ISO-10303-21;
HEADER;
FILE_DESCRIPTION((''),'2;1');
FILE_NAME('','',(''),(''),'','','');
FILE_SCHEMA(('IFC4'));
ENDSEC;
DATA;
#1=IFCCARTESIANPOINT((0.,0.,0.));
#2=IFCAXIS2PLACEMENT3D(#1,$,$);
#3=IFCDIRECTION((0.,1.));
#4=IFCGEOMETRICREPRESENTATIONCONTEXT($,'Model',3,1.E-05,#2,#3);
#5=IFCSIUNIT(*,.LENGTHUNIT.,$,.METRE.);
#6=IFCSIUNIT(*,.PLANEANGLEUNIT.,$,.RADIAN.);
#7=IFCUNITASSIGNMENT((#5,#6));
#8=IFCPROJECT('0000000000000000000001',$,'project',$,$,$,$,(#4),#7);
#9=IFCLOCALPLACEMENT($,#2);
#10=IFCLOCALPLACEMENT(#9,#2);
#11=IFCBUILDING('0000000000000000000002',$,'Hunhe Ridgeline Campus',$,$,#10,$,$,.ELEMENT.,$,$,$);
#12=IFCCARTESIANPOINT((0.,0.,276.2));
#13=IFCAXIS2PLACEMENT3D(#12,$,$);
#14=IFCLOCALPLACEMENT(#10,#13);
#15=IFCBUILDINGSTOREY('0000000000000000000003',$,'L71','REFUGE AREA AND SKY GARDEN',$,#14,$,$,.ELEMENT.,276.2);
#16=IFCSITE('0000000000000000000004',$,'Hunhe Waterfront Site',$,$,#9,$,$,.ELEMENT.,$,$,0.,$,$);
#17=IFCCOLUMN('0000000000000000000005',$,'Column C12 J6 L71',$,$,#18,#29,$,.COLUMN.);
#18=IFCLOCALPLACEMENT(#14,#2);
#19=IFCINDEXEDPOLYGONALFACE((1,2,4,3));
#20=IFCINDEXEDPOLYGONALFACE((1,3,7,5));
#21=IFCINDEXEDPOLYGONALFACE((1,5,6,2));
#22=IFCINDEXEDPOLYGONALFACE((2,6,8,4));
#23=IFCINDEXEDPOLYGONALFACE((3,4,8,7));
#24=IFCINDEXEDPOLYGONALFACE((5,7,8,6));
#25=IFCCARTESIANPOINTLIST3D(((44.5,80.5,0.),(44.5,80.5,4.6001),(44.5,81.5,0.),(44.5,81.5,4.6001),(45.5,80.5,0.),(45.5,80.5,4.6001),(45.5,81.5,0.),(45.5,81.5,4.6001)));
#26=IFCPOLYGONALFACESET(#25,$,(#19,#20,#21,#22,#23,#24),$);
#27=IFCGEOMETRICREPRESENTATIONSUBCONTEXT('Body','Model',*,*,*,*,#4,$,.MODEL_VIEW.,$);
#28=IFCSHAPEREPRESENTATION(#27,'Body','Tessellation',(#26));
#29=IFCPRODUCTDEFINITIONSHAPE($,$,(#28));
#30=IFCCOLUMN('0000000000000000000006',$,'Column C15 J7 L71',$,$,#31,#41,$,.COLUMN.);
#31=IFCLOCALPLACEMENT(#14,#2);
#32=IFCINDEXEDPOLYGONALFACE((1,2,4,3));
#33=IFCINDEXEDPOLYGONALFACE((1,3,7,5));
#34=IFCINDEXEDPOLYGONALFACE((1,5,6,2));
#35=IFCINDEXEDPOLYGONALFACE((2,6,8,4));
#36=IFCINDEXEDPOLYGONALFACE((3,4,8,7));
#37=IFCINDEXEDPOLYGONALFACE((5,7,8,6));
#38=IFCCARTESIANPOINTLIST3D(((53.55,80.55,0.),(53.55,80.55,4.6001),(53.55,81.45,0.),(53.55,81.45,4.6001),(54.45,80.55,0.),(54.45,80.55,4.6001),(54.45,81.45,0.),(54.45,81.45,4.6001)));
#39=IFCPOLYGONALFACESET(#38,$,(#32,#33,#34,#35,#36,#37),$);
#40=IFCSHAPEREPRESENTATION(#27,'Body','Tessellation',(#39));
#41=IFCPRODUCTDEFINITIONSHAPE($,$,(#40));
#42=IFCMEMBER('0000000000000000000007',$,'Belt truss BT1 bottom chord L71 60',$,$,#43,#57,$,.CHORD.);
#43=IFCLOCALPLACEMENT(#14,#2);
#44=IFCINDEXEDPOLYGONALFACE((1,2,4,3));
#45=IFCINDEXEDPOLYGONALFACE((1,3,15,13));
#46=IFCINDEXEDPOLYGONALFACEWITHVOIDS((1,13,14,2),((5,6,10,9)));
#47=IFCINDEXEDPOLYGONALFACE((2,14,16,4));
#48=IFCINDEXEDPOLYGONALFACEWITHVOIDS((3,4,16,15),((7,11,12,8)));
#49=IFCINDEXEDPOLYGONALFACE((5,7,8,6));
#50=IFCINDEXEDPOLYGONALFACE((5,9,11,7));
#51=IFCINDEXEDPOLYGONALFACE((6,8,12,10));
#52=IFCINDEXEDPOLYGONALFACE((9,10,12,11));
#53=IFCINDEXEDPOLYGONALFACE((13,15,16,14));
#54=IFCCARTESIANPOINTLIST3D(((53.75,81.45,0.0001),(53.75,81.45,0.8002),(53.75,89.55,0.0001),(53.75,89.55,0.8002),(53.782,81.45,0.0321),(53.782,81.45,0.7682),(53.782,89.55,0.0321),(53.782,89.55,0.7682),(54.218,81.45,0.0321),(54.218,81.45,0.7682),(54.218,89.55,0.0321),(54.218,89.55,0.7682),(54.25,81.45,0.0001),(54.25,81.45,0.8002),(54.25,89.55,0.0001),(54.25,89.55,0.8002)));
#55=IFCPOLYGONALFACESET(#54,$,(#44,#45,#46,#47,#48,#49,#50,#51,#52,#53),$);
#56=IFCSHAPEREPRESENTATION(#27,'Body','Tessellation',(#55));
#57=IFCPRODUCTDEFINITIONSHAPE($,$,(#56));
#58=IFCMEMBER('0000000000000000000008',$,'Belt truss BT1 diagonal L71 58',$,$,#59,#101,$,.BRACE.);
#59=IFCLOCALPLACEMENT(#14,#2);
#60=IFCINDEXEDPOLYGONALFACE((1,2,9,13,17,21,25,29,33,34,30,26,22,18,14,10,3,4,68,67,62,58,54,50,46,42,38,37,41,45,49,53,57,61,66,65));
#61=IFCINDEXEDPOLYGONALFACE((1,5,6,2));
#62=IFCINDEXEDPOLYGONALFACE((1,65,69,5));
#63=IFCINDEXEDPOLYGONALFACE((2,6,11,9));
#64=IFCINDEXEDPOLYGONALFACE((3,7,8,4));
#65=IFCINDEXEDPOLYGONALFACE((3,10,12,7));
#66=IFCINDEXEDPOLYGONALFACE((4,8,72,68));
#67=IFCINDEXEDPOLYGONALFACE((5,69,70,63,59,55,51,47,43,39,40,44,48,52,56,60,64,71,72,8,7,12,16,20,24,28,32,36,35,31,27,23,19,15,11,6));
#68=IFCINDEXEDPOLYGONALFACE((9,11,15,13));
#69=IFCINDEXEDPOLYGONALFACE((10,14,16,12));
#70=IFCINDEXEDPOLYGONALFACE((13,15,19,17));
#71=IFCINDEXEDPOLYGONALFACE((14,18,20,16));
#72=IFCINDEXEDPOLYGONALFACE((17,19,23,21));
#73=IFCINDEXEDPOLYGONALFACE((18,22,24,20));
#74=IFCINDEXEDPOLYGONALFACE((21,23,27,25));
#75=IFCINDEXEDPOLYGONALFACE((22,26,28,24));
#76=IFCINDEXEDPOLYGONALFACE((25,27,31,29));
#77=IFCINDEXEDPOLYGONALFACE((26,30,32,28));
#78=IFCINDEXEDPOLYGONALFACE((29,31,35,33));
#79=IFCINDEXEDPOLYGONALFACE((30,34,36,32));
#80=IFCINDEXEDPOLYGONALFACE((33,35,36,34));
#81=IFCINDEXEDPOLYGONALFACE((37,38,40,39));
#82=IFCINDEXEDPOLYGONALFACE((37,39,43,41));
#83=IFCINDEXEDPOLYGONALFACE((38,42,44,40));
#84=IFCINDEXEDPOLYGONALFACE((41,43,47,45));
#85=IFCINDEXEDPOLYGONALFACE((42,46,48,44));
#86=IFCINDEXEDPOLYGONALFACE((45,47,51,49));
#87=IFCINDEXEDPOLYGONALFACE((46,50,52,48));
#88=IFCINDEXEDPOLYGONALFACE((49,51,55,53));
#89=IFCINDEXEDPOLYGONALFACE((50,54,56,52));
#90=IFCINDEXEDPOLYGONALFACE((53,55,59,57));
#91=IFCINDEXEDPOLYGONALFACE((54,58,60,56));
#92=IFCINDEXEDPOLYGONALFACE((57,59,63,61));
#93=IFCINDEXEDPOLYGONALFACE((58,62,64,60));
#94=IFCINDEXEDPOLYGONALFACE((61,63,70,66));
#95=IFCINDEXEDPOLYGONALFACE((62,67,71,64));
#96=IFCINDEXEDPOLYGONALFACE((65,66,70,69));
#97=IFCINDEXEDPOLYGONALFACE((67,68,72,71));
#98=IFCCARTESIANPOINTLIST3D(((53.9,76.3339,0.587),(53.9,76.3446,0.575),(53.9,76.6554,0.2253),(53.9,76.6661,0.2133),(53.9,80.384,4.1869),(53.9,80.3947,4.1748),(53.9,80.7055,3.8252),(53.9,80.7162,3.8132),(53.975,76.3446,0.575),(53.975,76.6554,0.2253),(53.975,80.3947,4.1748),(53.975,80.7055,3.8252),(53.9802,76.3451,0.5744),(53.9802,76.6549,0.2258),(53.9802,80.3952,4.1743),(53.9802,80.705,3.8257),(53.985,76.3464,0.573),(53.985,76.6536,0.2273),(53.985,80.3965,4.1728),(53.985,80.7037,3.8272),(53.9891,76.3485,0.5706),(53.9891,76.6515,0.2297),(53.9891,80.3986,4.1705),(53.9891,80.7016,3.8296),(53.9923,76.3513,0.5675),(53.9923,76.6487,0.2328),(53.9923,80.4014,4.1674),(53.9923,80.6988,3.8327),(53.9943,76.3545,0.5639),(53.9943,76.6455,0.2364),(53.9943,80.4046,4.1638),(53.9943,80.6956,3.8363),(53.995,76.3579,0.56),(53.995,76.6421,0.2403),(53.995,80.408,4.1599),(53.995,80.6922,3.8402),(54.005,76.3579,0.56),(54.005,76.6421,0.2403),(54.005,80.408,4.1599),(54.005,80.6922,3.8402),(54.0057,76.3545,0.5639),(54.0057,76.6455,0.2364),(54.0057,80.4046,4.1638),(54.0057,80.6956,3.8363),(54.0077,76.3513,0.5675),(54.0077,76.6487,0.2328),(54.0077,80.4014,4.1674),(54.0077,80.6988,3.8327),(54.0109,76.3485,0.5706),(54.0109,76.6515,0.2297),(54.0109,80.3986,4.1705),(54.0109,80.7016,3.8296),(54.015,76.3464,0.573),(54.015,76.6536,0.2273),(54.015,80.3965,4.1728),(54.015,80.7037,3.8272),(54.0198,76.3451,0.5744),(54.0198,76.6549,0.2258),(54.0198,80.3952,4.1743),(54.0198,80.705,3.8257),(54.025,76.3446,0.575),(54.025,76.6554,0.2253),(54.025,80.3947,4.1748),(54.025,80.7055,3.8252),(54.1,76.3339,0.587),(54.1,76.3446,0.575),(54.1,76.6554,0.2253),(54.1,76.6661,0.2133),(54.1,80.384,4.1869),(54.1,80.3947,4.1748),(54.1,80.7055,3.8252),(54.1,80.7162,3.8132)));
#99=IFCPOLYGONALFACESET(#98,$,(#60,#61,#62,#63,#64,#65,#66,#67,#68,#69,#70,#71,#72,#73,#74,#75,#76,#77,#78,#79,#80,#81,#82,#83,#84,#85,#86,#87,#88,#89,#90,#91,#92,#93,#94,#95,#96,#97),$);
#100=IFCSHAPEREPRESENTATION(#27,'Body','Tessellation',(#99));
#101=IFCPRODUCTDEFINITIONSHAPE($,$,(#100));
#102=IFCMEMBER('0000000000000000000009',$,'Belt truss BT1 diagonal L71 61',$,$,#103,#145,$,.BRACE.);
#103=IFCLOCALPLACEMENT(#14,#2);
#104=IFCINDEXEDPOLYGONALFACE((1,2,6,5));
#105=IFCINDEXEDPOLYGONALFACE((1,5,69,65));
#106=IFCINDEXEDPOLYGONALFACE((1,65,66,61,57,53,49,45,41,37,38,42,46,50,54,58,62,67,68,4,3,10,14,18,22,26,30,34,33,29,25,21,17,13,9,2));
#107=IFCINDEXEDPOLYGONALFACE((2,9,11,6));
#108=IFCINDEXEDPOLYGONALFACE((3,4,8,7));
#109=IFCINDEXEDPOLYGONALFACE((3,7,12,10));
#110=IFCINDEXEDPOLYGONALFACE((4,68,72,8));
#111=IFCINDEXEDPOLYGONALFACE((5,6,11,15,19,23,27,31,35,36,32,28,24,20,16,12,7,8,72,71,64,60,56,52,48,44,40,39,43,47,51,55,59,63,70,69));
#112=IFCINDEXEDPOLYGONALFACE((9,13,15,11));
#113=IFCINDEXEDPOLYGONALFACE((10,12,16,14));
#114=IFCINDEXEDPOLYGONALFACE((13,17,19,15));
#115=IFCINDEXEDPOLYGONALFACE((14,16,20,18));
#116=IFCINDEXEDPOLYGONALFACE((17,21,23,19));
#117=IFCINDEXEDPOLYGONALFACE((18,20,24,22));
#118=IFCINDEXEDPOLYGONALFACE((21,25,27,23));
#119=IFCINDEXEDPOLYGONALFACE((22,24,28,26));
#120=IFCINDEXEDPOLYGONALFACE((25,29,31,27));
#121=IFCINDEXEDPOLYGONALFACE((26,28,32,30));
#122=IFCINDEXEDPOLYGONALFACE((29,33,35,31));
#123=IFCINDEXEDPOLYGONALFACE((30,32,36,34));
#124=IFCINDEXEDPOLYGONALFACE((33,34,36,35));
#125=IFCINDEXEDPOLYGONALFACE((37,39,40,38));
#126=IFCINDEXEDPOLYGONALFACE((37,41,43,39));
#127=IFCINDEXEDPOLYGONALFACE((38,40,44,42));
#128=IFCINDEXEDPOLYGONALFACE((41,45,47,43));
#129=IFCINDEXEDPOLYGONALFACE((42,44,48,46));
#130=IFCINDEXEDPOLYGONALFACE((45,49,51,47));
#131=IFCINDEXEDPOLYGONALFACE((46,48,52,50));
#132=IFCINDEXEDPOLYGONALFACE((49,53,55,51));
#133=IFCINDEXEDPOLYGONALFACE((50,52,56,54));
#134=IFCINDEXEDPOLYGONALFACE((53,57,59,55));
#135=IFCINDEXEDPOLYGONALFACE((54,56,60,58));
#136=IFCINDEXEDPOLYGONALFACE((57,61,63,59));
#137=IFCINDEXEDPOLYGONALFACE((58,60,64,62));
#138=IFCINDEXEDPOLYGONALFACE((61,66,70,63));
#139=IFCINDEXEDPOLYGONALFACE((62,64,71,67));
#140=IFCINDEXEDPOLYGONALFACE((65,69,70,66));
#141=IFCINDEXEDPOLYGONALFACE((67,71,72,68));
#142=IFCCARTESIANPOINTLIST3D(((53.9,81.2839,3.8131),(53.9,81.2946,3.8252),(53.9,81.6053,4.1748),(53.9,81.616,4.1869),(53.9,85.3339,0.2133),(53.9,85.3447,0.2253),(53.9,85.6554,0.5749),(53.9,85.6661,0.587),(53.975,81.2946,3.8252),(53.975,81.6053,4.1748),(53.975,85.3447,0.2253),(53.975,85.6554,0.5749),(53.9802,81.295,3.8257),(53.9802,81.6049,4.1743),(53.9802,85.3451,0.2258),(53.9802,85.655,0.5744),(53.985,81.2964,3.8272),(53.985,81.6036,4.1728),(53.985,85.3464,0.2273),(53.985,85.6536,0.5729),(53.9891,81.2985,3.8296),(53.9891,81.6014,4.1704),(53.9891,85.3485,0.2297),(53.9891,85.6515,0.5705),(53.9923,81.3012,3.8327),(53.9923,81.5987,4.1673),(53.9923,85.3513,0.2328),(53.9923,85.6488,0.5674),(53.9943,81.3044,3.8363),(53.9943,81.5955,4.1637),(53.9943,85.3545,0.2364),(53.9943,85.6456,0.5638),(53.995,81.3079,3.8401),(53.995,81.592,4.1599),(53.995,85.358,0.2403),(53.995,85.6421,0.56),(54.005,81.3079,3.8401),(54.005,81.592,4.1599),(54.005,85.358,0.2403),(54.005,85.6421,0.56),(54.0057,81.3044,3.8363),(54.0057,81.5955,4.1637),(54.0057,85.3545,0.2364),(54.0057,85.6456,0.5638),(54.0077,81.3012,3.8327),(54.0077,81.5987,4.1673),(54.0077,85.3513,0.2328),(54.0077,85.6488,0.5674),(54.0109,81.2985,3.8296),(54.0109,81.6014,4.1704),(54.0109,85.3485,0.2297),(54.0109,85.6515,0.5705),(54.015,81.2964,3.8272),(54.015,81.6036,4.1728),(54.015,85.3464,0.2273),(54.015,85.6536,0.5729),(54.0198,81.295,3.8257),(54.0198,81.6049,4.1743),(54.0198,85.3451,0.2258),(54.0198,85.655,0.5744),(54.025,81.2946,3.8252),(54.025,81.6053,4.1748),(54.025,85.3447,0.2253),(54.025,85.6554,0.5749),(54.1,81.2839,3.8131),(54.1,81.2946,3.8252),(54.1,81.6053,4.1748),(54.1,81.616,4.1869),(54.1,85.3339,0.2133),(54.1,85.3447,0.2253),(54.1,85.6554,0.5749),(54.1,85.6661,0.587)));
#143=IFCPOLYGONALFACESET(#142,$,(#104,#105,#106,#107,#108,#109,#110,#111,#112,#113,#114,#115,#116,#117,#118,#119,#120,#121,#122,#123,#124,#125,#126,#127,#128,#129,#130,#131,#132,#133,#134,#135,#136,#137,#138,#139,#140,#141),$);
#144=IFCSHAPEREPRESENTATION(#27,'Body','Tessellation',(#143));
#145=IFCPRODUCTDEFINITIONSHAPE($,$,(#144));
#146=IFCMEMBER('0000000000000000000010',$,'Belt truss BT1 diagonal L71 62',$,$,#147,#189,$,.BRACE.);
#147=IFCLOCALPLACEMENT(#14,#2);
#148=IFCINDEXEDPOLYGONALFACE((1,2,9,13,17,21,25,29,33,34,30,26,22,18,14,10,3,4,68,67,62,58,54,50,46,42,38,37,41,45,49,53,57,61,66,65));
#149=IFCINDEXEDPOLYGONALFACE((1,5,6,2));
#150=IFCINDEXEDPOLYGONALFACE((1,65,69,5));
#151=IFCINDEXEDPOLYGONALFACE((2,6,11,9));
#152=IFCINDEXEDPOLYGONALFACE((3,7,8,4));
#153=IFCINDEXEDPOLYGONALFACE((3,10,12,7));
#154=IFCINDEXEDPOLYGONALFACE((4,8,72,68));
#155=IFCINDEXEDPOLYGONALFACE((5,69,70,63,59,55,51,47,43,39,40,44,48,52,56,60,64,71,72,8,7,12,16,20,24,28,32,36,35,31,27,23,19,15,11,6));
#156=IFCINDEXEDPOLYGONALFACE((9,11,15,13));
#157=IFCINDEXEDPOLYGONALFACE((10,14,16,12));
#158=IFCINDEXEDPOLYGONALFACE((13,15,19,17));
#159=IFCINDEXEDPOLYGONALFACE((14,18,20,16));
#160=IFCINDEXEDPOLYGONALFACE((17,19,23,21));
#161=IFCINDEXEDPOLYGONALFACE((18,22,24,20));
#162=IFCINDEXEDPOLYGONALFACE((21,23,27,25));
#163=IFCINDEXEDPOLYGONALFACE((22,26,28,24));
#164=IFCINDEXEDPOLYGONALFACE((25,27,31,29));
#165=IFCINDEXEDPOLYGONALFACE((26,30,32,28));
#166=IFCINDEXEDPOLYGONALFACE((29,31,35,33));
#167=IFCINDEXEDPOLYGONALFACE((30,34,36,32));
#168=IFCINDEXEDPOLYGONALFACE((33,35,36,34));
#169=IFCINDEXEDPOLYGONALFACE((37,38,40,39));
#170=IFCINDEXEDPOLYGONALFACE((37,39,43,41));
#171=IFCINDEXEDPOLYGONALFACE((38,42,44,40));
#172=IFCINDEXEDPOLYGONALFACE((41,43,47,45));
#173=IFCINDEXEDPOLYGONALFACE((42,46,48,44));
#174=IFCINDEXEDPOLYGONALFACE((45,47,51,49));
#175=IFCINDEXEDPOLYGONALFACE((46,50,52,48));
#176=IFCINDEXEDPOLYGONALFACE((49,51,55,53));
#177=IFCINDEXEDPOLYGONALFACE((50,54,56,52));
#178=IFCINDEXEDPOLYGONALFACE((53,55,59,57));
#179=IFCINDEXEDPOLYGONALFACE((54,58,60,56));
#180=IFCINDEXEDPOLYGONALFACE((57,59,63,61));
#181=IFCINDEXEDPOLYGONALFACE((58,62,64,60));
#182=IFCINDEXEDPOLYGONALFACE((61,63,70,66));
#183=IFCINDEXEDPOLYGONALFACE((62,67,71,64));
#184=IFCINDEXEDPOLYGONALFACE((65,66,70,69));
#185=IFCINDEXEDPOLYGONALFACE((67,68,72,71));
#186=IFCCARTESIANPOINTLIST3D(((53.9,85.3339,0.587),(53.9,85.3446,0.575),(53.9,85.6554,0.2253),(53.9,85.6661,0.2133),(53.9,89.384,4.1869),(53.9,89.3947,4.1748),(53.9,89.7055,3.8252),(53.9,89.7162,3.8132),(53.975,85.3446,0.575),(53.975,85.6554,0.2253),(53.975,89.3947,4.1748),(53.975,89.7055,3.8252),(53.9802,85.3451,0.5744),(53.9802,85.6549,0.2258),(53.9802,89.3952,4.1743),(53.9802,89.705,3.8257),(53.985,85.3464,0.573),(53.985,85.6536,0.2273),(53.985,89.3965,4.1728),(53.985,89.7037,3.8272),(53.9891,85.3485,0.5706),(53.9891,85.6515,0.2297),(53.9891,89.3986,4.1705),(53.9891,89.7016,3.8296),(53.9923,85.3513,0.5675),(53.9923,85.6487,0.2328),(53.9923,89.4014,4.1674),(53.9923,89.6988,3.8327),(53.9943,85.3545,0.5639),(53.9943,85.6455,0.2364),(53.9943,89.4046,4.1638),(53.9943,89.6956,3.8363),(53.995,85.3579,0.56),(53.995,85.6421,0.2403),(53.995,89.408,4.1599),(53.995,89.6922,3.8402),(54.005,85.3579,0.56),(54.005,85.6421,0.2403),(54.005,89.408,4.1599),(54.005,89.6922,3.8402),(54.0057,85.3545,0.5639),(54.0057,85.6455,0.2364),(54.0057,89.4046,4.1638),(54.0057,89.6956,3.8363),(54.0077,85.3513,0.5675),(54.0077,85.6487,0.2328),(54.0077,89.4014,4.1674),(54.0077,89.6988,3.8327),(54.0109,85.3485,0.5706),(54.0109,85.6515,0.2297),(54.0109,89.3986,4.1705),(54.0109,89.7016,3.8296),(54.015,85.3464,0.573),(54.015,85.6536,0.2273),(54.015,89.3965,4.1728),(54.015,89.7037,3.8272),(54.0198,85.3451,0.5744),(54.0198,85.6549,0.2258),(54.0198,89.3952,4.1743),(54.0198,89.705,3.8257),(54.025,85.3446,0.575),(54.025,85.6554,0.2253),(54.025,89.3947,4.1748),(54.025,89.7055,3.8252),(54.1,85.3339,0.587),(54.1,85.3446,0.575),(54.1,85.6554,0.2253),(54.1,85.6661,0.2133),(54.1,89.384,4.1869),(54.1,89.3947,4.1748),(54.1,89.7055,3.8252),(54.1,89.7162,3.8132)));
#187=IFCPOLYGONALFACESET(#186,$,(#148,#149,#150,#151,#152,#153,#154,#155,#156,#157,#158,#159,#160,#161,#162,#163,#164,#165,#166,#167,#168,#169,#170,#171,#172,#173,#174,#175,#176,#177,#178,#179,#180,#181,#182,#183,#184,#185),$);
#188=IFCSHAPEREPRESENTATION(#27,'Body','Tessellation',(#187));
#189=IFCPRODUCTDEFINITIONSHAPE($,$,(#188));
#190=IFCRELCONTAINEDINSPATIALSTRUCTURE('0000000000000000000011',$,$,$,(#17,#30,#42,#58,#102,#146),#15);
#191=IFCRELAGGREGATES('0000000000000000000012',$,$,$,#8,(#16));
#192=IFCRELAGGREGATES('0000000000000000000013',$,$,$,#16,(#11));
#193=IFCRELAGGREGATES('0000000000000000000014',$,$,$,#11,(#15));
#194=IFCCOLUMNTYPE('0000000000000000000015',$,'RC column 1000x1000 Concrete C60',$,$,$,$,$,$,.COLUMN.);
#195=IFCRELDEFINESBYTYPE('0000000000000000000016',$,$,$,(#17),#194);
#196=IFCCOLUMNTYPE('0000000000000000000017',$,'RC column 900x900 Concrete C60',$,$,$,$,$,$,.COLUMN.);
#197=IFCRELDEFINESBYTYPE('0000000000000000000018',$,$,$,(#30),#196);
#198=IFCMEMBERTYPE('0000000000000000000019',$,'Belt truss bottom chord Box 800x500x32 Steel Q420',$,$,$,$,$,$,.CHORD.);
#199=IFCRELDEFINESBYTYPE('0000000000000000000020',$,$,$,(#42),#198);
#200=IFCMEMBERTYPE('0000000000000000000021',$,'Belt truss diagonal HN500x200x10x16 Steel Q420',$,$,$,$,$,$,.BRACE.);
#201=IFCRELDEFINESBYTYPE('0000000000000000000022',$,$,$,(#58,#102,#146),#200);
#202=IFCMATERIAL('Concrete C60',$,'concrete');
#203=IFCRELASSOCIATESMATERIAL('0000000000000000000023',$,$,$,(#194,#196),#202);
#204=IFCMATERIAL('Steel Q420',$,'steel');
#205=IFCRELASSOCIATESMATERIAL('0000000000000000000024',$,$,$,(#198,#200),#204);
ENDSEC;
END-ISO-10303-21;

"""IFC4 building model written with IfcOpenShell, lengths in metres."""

from ifc_helpers import new_model, si_unit, direction, frame, origin, origin_2d, place, context, subcontext, project, spatial, rectangle, hollow_rectangle, i_section, extrude, material, material_profile, profile_set, type_object, element, save


model = new_model("IFC4")

# Units and contexts
model_context = context("Model", 3, precision=1e-05, world=origin(), true_north=direction((0.0, 1.0)))
body_context = subcontext(model_context, "Body", "Model", "MODEL_VIEW")
ifc_project = project(units=[si_unit("LENGTHUNIT", "METRE"), si_unit("PLANEANGLEUNIT", "RADIAN")], contexts=[model_context])

# Site, building, storey
site_placement = place(None, origin())
site = spatial("IfcSite", under=ifc_project, at=site_placement, Name="Hunhe Waterfront Site", CompositionType="ELEMENT", RefElevation=0.0)
building_placement = place(site_placement, origin())
building = spatial("IfcBuilding", under=site, at=building_placement, Name="Hunhe Ridgeline Campus", CompositionType="ELEMENT")
storey_placement = place(building_placement, frame((0.0, 0.0, 276.2)))
storey = spatial("IfcBuildingStorey", under=building, at=storey_placement, Name="L71", Description="REFUGE AREA AND SKY GARDEN", CompositionType="ELEMENT", Elevation=276.2)

# Columns
ifc_material_1 = material(Name="Concrete C60", Category="concrete")
ifc_material_profile_1 = material_profile(ifc_material_1, rectangle(XDim=1.0, YDim=1.0, at=origin_2d()))
ifc_profile_set_1 = profile_set([ifc_material_profile_1], Name="Concrete C60")
column_type_1 = type_object("IfcColumnType", Name="RC column 1000x1000 Concrete C60", PredefinedType="COLUMN", material=ifc_profile_set_1)
column_1_placement = place(storey_placement, frame((45.0, 81.0, 0.0), z_axis=(0.0, 0.0, 1.0), x_axis=(1.0, 0.0, 0.0)))
element("IfcColumn", 1, at=column_1_placement, inside=storey, type_object=column_type_1, Name="Column C12 J6 L71", PredefinedType="COLUMN", context=body_context, shape_type="SweptSolid", body=[
    extrude(rectangle(XDim=1.0, YDim=1.0, at=origin_2d()), origin(), (0.0, 0.0, 1.0), 4.6001),
])
ifc_material_profile_2 = material_profile(ifc_material_1, rectangle(XDim=0.8999, YDim=0.8999, at=origin_2d()))
ifc_profile_set_2 = profile_set([ifc_material_profile_2], Name="Concrete C60")
column_type_2 = type_object("IfcColumnType", Name="RC column 900x900 Concrete C60", PredefinedType="COLUMN", material=ifc_profile_set_2)
column_2_placement = place(storey_placement, frame((54.0, 81.0, 0.0), z_axis=(0.0, 0.0, 1.0), x_axis=(1.0, 0.0, 0.0)))
element("IfcColumn", 2, at=column_2_placement, inside=storey, type_object=column_type_2, Name="Column C15 J7 L71", PredefinedType="COLUMN", context=body_context, shape_type="SweptSolid", body=[
    extrude(rectangle(XDim=0.8999, YDim=0.8999, at=origin_2d()), origin(), (0.0, 0.0, 1.0), 4.6001),
])

# Members
ifc_material_2 = material(Name="Steel Q420", Category="steel")
ifc_material_profile_3 = material_profile(ifc_material_2, hollow_rectangle(XDim=0.5, YDim=0.8, WallThickness=0.032, at=origin_2d()))
ifc_profile_set_3 = profile_set([ifc_material_profile_3], Name="Steel Q420")
member_type_1 = type_object("IfcMemberType", Name="Belt truss bottom chord Box 800x500x32 Steel Q420", PredefinedType="CHORD", material=ifc_profile_set_3)
member_1_placement = place(storey_placement, frame((54.0, 81.45, 0.4001), z_axis=(0.0, 1.0, 0.0), x_axis=(-1.0, 0.0, 0.0)))
element("IfcMember", 3, at=member_1_placement, inside=storey, type_object=member_type_1, Name="Belt truss BT1 bottom chord L71 60", PredefinedType="CHORD", context=body_context, shape_type="SweptSolid", body=[
    extrude(hollow_rectangle(XDim=0.5, YDim=0.8, WallThickness=0.032, at=origin_2d()), origin(), (0.0, 0.0, 1.0), 8.1001),
])
ifc_material_profile_4 = material_profile(ifc_material_2, i_section(OverallWidth=0.2, OverallDepth=0.5, WebThickness=0.01, FlangeThickness=0.0161, FilletRadius=0.02, at=origin_2d()))
ifc_profile_set_4 = profile_set([ifc_material_profile_4], Name="Steel Q420")
member_type_2 = type_object("IfcMemberType", Name="Belt truss diagonal HN500x200x10x16 Steel Q420", PredefinedType="BRACE", material=ifc_profile_set_4)
for number, where, z_axis, x_axis, name in (
    (4, (54.0, 76.5, 0.4001), (0.0, 0.747427, 0.664344), (-1.0, 0.0, 0.0), "Belt truss BT1 diagonal L71 58"),
    (5, (54.0, 81.45, 4.0), (0.0, 0.747427, -0.664344), (-1.0, 0.0, 0.0), "Belt truss BT1 diagonal L71 61"),
    (6, (54.0, 85.5, 0.4001), (0.0, 0.747427, 0.664344), (-1.0, 0.0, 0.0), "Belt truss BT1 diagonal L71 62"),
):
    element("IfcMember", number, at=place(storey_placement, frame(where, z_axis=z_axis, x_axis=x_axis)), inside=storey, type_object=member_type_2, Name=name, PredefinedType="BRACE", context=body_context, shape_type="SweptSolid", body=[
        extrude(i_section(OverallWidth=0.2, OverallDepth=0.5, WebThickness=0.01, FlangeThickness=0.0161, FilletRadius=0.02, at=origin_2d()), origin(), (0.0, 0.0, 1.0), 5.4187),
    ])

save(model, "model.ifc")
